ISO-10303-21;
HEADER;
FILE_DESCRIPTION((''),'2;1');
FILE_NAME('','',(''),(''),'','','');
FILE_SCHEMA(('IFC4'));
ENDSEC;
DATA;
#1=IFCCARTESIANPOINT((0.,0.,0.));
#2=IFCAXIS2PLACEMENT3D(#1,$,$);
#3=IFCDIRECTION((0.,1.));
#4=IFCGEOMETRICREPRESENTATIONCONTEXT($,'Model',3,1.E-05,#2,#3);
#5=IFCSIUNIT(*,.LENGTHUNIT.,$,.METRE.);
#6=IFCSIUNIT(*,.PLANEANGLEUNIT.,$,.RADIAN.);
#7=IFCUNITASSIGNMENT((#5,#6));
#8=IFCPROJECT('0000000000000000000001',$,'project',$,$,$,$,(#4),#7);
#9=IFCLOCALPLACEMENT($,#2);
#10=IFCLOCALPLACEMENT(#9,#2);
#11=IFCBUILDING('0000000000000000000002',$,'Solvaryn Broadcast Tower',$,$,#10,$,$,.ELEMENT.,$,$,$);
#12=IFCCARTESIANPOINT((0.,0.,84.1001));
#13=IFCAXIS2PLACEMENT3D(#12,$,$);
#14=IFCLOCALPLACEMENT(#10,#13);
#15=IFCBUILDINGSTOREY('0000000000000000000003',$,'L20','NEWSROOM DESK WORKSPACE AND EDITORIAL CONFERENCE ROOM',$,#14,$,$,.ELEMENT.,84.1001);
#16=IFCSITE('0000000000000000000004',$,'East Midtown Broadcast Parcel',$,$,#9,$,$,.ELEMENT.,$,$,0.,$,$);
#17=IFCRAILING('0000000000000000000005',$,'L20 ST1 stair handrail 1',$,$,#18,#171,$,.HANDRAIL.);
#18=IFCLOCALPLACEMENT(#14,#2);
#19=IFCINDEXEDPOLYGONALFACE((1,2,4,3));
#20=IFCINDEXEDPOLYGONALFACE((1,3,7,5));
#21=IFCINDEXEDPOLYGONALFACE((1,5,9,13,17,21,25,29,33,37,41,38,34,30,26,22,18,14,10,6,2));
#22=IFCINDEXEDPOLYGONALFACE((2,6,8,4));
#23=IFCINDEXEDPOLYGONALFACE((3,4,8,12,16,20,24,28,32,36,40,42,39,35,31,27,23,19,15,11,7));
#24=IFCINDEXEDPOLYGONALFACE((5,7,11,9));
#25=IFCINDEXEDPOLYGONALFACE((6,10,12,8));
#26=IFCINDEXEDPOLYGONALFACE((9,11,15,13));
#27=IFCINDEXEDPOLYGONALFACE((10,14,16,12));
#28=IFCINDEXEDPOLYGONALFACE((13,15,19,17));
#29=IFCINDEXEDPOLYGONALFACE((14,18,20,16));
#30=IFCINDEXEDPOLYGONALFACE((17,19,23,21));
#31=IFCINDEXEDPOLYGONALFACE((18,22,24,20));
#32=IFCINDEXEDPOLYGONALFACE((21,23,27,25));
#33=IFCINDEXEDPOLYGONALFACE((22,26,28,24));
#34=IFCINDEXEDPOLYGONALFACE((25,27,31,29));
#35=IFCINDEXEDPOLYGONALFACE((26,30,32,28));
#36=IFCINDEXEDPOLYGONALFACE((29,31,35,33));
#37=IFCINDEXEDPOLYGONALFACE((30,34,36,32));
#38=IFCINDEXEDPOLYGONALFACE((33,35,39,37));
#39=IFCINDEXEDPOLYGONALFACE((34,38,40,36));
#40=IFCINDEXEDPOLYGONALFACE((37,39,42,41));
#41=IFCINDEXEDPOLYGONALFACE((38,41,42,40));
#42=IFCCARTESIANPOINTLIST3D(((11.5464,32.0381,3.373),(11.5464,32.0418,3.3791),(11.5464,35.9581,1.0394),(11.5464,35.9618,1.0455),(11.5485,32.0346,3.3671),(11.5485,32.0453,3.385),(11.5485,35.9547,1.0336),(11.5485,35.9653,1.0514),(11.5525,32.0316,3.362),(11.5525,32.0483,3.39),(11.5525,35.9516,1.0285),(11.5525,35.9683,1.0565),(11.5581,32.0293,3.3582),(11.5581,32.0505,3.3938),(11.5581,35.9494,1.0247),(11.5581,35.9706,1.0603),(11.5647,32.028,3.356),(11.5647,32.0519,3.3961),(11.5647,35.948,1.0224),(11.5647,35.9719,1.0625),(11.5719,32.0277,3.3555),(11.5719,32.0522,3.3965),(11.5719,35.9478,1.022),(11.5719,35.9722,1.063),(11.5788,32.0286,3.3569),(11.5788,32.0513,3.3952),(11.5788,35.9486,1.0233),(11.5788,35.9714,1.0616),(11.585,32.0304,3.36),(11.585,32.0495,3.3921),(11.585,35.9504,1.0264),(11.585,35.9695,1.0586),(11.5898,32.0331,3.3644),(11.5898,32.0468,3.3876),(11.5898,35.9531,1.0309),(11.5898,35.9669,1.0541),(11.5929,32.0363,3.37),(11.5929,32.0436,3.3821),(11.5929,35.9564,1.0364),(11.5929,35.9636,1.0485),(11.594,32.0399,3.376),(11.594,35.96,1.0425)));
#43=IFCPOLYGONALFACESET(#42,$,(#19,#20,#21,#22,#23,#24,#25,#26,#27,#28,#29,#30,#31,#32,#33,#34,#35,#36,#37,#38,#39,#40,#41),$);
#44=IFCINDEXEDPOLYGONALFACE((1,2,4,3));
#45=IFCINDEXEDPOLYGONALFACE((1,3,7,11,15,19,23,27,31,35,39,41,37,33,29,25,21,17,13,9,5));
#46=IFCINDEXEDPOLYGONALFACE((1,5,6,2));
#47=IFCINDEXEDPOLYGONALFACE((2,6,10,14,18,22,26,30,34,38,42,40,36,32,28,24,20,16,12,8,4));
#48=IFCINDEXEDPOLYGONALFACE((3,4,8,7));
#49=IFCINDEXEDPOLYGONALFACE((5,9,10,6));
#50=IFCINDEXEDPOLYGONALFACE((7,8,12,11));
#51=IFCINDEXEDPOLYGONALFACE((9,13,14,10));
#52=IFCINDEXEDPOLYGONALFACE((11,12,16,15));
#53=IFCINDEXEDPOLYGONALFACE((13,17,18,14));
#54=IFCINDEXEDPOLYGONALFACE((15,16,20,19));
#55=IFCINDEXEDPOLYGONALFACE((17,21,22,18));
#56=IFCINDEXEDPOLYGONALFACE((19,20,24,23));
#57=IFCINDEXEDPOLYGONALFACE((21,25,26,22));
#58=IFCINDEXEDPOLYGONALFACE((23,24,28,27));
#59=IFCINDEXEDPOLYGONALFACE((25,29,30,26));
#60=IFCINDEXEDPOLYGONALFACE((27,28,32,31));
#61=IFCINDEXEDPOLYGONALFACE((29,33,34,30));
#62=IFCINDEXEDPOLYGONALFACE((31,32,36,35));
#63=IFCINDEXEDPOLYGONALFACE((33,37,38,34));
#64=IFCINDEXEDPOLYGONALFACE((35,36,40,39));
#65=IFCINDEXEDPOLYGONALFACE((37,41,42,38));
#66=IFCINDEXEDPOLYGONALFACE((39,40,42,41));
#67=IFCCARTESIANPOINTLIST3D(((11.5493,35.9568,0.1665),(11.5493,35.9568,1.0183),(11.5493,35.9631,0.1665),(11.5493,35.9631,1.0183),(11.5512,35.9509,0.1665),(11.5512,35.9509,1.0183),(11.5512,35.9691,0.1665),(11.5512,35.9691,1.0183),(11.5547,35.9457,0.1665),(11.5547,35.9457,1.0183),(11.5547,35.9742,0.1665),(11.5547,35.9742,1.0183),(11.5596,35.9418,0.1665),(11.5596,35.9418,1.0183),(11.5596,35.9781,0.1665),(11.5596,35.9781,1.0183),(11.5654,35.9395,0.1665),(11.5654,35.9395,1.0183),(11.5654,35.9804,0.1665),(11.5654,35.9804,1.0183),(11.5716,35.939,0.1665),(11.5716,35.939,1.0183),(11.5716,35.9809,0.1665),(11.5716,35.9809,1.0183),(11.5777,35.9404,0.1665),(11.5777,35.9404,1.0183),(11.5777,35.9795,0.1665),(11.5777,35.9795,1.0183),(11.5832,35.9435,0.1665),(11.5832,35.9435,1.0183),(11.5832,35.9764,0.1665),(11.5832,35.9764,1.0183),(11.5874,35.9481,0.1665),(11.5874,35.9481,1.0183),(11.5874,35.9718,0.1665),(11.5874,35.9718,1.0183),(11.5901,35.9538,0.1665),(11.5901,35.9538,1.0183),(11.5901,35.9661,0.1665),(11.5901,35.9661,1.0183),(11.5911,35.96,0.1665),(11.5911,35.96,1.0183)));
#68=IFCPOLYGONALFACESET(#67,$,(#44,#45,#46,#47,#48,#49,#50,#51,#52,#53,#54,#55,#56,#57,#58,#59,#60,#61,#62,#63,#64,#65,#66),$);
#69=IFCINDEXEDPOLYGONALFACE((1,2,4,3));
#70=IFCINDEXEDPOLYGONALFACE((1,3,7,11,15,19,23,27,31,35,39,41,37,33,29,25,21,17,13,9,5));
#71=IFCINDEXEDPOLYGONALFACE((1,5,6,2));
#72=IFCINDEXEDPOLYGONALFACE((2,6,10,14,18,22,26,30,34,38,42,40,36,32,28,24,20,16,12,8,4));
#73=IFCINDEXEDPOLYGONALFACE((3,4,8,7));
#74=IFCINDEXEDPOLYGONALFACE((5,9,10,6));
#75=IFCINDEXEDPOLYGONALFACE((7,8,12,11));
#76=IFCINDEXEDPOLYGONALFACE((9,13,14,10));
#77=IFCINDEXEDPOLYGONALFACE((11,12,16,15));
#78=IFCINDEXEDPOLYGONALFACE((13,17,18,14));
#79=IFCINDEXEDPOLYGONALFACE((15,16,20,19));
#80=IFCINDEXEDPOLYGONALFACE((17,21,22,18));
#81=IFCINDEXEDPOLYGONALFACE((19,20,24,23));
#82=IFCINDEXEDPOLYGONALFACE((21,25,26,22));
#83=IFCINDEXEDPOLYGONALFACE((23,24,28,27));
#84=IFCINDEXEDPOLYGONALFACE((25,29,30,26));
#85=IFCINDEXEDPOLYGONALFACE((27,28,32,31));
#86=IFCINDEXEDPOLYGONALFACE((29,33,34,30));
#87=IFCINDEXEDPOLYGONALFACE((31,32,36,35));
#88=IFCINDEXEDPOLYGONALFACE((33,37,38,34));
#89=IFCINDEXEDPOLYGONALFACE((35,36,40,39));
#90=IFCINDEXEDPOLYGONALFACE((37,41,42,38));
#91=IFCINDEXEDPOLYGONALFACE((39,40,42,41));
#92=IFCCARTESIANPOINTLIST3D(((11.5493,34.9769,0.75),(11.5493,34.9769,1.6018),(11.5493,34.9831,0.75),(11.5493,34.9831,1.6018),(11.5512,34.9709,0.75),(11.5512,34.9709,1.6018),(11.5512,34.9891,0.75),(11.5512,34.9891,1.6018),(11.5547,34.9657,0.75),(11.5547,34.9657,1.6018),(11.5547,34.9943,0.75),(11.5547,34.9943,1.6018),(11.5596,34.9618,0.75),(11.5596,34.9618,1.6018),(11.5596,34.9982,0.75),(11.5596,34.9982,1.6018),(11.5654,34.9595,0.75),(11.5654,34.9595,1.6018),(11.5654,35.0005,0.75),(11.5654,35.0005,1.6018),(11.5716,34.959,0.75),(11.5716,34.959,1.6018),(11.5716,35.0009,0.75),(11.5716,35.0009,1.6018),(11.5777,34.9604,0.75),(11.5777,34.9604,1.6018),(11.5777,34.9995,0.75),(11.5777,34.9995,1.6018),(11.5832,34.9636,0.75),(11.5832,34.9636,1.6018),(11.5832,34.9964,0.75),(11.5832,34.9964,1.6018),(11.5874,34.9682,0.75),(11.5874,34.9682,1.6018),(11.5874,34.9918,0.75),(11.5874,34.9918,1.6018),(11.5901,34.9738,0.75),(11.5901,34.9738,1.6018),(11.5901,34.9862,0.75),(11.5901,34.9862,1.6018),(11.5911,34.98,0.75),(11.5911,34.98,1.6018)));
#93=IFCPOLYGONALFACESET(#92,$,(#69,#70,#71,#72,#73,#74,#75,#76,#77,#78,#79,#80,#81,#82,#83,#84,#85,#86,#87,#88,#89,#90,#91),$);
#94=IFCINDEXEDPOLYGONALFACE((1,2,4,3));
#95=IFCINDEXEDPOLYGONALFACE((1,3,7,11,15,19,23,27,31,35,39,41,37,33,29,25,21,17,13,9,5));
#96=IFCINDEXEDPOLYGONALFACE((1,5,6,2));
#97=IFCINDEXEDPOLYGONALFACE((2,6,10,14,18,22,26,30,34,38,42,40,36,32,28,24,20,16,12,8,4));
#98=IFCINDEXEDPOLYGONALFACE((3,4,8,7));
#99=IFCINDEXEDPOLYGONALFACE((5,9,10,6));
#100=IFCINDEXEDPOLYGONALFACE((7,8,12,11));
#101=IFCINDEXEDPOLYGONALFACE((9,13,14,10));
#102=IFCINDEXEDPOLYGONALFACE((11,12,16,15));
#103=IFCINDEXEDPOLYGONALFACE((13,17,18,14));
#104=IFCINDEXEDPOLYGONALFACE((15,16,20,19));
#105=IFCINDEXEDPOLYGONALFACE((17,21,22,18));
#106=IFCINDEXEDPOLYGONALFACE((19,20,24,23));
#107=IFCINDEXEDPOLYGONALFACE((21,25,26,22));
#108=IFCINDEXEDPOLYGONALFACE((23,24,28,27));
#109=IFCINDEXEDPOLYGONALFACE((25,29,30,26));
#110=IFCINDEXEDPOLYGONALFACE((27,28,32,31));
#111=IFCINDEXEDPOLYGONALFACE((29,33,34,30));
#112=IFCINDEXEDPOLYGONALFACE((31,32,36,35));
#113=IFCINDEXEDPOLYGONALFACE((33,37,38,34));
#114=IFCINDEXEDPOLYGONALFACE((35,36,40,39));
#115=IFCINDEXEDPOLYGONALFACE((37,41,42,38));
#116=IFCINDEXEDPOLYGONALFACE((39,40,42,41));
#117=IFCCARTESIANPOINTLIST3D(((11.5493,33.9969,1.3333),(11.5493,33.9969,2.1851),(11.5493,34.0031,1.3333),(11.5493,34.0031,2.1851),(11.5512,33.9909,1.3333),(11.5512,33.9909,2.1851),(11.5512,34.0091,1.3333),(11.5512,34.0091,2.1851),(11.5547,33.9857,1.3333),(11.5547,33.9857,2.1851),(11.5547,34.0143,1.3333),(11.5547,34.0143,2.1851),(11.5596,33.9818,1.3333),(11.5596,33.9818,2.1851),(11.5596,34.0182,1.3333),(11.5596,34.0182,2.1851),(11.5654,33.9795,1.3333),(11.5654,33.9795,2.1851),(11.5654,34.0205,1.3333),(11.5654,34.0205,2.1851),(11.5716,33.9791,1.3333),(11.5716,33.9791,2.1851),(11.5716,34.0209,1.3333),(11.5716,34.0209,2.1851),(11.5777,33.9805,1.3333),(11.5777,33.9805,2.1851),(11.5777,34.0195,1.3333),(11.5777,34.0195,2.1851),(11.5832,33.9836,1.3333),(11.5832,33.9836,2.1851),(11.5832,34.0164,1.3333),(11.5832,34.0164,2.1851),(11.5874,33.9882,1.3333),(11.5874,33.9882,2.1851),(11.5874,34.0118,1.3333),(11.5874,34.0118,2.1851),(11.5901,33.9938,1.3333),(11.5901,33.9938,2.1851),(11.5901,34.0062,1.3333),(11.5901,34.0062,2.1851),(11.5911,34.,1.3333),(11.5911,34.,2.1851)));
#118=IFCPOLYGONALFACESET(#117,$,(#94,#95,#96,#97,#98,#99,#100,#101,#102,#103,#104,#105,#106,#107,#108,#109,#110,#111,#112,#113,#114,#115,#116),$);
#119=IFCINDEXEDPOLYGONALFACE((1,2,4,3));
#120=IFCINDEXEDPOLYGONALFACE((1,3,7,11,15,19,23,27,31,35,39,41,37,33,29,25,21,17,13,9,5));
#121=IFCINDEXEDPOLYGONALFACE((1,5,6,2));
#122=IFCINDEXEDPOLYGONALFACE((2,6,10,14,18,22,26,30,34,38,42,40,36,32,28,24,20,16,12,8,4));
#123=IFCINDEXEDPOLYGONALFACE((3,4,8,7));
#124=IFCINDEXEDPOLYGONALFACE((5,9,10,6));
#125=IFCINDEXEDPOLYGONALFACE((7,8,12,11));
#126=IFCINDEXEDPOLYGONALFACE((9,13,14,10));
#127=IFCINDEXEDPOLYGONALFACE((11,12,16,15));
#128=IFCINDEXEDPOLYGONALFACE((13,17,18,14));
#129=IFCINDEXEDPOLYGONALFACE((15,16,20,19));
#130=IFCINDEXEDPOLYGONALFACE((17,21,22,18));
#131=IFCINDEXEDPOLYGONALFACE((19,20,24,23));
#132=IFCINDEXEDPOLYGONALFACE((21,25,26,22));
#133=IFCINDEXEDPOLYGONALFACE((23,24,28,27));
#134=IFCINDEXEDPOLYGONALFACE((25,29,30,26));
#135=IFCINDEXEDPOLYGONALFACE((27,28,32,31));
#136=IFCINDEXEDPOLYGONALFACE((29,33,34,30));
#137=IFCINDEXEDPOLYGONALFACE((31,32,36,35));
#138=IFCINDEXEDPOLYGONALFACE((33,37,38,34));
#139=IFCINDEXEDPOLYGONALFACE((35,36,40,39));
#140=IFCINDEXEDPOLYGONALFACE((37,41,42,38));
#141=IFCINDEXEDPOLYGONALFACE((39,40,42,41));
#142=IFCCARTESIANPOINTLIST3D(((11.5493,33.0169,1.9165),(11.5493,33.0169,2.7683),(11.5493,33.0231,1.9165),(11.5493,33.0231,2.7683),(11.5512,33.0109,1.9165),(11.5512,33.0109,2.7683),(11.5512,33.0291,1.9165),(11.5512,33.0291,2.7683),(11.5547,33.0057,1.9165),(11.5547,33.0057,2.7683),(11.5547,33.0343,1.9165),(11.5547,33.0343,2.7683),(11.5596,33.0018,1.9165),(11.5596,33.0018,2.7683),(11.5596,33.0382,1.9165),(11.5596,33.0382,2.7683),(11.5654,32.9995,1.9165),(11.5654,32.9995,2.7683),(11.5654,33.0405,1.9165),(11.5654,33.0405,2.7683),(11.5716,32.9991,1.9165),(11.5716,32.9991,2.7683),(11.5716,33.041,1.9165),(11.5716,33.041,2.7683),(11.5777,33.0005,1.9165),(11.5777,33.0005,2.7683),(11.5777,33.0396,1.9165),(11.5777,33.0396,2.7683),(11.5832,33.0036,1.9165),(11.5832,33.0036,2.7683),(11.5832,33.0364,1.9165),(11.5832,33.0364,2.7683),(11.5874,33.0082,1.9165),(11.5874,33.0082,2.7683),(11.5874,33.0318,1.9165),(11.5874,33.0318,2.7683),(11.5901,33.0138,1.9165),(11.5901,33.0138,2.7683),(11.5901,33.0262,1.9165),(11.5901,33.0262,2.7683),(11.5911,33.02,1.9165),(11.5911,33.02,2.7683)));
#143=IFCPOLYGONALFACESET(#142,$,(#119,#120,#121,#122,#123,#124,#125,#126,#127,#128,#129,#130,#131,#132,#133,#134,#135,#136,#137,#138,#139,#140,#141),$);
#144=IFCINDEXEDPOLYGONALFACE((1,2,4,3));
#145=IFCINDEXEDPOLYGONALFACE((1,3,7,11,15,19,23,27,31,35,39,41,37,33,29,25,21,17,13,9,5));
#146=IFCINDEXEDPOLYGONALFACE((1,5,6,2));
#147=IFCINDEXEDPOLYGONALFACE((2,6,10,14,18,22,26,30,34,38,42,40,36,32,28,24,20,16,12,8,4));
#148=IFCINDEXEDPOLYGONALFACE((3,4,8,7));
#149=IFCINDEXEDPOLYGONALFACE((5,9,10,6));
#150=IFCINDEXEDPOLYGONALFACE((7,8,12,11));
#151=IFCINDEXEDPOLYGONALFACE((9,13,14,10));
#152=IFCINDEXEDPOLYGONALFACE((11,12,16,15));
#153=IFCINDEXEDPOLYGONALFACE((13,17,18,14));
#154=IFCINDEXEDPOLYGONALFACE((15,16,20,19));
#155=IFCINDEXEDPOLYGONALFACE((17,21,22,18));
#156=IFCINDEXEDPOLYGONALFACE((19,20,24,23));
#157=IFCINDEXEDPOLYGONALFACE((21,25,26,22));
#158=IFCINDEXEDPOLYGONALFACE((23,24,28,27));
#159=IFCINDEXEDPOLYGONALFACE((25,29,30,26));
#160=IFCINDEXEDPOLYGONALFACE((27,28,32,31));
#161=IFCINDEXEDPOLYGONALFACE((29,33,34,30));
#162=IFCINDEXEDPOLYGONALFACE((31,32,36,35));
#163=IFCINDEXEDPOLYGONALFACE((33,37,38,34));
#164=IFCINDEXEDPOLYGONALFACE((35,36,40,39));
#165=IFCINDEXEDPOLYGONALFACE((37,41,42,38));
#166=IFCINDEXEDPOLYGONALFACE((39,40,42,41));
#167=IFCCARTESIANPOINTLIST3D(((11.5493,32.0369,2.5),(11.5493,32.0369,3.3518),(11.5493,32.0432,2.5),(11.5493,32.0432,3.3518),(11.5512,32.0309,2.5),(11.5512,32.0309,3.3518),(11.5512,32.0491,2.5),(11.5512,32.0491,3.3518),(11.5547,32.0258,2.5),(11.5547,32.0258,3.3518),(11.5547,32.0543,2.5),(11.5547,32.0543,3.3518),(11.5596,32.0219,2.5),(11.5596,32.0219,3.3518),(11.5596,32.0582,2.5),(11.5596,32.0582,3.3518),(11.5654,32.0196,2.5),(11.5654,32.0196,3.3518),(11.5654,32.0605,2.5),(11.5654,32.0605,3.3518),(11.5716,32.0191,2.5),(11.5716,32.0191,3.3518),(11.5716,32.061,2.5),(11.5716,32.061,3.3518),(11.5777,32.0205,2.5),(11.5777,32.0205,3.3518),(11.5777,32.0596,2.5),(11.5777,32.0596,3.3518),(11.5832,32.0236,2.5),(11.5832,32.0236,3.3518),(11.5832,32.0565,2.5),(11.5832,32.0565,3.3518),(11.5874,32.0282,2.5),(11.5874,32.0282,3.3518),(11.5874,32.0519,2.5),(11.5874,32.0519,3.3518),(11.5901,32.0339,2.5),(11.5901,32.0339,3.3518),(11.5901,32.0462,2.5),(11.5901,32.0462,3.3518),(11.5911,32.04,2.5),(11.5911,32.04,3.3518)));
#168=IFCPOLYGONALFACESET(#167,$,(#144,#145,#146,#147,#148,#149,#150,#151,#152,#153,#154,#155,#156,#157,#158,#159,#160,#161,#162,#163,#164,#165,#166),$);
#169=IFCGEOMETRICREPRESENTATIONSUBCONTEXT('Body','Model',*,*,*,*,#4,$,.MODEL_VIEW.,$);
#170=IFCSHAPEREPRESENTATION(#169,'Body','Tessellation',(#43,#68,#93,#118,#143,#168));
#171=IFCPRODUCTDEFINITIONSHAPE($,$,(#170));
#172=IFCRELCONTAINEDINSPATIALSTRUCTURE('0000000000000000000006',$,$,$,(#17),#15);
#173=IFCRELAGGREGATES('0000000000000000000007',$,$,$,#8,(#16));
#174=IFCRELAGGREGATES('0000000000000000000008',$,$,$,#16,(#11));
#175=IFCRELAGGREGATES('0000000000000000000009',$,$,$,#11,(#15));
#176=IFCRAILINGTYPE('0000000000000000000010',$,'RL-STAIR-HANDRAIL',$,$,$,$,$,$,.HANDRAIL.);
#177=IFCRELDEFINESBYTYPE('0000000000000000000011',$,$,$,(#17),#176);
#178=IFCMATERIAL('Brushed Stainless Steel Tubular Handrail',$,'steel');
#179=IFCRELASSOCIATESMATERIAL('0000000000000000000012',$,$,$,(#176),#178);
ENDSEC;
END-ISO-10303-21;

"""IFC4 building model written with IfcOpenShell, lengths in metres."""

from ifc_helpers import new_model, si_unit, direction, frame, origin, origin_2d, place, context, subcontext, project, spatial, circle, extrude, material, type_object, element, save


model = new_model("IFC4")

# Units and contexts
model_context = context("Model", 3, precision=1e-05, world=origin(), true_north=direction((0.0, 1.0)))
body_context = subcontext(model_context, "Body", "Model", "MODEL_VIEW")
ifc_project = project(units=[si_unit("LENGTHUNIT", "METRE"), si_unit("PLANEANGLEUNIT", "RADIAN")], contexts=[model_context])

# Site, building, storey
site_placement = place(None, origin())
site = spatial("IfcSite", under=ifc_project, at=site_placement, Name="East Midtown Broadcast Parcel", CompositionType="ELEMENT", RefElevation=0.0)
building_placement = place(site_placement, origin())
building = spatial("IfcBuilding", under=site, at=building_placement, Name="Solvaryn Broadcast Tower", CompositionType="ELEMENT")
storey_placement = place(building_placement, frame((0.0, 0.0, 84.1001)))
storey = spatial("IfcBuildingStorey", under=building, at=storey_placement, Name="L20", Description="NEWSROOM DESK WORKSPACE AND EDITORIAL CONFERENCE ROOM", CompositionType="ELEMENT", Elevation=84.1001)

# Railing
ifc_material_1 = material(Name="Brushed Stainless Steel Tubular Handrail", Category="steel")
railing_type_1 = type_object("IfcRailingType", Name="RL-STAIR-HANDRAIL", PredefinedType="HANDRAIL", material=ifc_material_1)
railing_1_placement = place(storey_placement, frame((11.5701, 35.96, 0.1665)))
element("IfcRailing", 1, at=railing_1_placement, inside=storey, type_object=railing_type_1, Name="L20 ST1 stair handrail 1", PredefinedType="HANDRAIL", context=body_context, shape_type="SweptSolid", body=[
    extrude(circle(Radius=0.0239, at=origin_2d()), frame((0.0, 0.0, 0.876), z_axis=(0.0, -0.859273, 0.511518), x_axis=(1.0, 0.0, 0.0)), (0.0, 0.0, 1.0), 4.562),
    extrude(circle(Radius=0.021, at=origin_2d()), origin(), (0.0, 0.0, 1.0), 0.8518),
    extrude(circle(Radius=0.021, at=origin_2d()), frame((0.0, -0.98, 0.5835)), (0.0, 0.0, 1.0), 0.8518),
    extrude(circle(Radius=0.021, at=origin_2d()), frame((0.0, -1.96, 1.1667)), (0.0, 0.0, 1.0), 0.8518),
    extrude(circle(Radius=0.021, at=origin_2d()), frame((0.0, -2.9399, 1.75)), (0.0, 0.0, 1.0), 0.8518),
    extrude(circle(Radius=0.021, at=origin_2d()), frame((0.0, -3.9199, 2.3335)), (0.0, 0.0, 1.0), 0.8518),
])

save(model, "model.ifc")
